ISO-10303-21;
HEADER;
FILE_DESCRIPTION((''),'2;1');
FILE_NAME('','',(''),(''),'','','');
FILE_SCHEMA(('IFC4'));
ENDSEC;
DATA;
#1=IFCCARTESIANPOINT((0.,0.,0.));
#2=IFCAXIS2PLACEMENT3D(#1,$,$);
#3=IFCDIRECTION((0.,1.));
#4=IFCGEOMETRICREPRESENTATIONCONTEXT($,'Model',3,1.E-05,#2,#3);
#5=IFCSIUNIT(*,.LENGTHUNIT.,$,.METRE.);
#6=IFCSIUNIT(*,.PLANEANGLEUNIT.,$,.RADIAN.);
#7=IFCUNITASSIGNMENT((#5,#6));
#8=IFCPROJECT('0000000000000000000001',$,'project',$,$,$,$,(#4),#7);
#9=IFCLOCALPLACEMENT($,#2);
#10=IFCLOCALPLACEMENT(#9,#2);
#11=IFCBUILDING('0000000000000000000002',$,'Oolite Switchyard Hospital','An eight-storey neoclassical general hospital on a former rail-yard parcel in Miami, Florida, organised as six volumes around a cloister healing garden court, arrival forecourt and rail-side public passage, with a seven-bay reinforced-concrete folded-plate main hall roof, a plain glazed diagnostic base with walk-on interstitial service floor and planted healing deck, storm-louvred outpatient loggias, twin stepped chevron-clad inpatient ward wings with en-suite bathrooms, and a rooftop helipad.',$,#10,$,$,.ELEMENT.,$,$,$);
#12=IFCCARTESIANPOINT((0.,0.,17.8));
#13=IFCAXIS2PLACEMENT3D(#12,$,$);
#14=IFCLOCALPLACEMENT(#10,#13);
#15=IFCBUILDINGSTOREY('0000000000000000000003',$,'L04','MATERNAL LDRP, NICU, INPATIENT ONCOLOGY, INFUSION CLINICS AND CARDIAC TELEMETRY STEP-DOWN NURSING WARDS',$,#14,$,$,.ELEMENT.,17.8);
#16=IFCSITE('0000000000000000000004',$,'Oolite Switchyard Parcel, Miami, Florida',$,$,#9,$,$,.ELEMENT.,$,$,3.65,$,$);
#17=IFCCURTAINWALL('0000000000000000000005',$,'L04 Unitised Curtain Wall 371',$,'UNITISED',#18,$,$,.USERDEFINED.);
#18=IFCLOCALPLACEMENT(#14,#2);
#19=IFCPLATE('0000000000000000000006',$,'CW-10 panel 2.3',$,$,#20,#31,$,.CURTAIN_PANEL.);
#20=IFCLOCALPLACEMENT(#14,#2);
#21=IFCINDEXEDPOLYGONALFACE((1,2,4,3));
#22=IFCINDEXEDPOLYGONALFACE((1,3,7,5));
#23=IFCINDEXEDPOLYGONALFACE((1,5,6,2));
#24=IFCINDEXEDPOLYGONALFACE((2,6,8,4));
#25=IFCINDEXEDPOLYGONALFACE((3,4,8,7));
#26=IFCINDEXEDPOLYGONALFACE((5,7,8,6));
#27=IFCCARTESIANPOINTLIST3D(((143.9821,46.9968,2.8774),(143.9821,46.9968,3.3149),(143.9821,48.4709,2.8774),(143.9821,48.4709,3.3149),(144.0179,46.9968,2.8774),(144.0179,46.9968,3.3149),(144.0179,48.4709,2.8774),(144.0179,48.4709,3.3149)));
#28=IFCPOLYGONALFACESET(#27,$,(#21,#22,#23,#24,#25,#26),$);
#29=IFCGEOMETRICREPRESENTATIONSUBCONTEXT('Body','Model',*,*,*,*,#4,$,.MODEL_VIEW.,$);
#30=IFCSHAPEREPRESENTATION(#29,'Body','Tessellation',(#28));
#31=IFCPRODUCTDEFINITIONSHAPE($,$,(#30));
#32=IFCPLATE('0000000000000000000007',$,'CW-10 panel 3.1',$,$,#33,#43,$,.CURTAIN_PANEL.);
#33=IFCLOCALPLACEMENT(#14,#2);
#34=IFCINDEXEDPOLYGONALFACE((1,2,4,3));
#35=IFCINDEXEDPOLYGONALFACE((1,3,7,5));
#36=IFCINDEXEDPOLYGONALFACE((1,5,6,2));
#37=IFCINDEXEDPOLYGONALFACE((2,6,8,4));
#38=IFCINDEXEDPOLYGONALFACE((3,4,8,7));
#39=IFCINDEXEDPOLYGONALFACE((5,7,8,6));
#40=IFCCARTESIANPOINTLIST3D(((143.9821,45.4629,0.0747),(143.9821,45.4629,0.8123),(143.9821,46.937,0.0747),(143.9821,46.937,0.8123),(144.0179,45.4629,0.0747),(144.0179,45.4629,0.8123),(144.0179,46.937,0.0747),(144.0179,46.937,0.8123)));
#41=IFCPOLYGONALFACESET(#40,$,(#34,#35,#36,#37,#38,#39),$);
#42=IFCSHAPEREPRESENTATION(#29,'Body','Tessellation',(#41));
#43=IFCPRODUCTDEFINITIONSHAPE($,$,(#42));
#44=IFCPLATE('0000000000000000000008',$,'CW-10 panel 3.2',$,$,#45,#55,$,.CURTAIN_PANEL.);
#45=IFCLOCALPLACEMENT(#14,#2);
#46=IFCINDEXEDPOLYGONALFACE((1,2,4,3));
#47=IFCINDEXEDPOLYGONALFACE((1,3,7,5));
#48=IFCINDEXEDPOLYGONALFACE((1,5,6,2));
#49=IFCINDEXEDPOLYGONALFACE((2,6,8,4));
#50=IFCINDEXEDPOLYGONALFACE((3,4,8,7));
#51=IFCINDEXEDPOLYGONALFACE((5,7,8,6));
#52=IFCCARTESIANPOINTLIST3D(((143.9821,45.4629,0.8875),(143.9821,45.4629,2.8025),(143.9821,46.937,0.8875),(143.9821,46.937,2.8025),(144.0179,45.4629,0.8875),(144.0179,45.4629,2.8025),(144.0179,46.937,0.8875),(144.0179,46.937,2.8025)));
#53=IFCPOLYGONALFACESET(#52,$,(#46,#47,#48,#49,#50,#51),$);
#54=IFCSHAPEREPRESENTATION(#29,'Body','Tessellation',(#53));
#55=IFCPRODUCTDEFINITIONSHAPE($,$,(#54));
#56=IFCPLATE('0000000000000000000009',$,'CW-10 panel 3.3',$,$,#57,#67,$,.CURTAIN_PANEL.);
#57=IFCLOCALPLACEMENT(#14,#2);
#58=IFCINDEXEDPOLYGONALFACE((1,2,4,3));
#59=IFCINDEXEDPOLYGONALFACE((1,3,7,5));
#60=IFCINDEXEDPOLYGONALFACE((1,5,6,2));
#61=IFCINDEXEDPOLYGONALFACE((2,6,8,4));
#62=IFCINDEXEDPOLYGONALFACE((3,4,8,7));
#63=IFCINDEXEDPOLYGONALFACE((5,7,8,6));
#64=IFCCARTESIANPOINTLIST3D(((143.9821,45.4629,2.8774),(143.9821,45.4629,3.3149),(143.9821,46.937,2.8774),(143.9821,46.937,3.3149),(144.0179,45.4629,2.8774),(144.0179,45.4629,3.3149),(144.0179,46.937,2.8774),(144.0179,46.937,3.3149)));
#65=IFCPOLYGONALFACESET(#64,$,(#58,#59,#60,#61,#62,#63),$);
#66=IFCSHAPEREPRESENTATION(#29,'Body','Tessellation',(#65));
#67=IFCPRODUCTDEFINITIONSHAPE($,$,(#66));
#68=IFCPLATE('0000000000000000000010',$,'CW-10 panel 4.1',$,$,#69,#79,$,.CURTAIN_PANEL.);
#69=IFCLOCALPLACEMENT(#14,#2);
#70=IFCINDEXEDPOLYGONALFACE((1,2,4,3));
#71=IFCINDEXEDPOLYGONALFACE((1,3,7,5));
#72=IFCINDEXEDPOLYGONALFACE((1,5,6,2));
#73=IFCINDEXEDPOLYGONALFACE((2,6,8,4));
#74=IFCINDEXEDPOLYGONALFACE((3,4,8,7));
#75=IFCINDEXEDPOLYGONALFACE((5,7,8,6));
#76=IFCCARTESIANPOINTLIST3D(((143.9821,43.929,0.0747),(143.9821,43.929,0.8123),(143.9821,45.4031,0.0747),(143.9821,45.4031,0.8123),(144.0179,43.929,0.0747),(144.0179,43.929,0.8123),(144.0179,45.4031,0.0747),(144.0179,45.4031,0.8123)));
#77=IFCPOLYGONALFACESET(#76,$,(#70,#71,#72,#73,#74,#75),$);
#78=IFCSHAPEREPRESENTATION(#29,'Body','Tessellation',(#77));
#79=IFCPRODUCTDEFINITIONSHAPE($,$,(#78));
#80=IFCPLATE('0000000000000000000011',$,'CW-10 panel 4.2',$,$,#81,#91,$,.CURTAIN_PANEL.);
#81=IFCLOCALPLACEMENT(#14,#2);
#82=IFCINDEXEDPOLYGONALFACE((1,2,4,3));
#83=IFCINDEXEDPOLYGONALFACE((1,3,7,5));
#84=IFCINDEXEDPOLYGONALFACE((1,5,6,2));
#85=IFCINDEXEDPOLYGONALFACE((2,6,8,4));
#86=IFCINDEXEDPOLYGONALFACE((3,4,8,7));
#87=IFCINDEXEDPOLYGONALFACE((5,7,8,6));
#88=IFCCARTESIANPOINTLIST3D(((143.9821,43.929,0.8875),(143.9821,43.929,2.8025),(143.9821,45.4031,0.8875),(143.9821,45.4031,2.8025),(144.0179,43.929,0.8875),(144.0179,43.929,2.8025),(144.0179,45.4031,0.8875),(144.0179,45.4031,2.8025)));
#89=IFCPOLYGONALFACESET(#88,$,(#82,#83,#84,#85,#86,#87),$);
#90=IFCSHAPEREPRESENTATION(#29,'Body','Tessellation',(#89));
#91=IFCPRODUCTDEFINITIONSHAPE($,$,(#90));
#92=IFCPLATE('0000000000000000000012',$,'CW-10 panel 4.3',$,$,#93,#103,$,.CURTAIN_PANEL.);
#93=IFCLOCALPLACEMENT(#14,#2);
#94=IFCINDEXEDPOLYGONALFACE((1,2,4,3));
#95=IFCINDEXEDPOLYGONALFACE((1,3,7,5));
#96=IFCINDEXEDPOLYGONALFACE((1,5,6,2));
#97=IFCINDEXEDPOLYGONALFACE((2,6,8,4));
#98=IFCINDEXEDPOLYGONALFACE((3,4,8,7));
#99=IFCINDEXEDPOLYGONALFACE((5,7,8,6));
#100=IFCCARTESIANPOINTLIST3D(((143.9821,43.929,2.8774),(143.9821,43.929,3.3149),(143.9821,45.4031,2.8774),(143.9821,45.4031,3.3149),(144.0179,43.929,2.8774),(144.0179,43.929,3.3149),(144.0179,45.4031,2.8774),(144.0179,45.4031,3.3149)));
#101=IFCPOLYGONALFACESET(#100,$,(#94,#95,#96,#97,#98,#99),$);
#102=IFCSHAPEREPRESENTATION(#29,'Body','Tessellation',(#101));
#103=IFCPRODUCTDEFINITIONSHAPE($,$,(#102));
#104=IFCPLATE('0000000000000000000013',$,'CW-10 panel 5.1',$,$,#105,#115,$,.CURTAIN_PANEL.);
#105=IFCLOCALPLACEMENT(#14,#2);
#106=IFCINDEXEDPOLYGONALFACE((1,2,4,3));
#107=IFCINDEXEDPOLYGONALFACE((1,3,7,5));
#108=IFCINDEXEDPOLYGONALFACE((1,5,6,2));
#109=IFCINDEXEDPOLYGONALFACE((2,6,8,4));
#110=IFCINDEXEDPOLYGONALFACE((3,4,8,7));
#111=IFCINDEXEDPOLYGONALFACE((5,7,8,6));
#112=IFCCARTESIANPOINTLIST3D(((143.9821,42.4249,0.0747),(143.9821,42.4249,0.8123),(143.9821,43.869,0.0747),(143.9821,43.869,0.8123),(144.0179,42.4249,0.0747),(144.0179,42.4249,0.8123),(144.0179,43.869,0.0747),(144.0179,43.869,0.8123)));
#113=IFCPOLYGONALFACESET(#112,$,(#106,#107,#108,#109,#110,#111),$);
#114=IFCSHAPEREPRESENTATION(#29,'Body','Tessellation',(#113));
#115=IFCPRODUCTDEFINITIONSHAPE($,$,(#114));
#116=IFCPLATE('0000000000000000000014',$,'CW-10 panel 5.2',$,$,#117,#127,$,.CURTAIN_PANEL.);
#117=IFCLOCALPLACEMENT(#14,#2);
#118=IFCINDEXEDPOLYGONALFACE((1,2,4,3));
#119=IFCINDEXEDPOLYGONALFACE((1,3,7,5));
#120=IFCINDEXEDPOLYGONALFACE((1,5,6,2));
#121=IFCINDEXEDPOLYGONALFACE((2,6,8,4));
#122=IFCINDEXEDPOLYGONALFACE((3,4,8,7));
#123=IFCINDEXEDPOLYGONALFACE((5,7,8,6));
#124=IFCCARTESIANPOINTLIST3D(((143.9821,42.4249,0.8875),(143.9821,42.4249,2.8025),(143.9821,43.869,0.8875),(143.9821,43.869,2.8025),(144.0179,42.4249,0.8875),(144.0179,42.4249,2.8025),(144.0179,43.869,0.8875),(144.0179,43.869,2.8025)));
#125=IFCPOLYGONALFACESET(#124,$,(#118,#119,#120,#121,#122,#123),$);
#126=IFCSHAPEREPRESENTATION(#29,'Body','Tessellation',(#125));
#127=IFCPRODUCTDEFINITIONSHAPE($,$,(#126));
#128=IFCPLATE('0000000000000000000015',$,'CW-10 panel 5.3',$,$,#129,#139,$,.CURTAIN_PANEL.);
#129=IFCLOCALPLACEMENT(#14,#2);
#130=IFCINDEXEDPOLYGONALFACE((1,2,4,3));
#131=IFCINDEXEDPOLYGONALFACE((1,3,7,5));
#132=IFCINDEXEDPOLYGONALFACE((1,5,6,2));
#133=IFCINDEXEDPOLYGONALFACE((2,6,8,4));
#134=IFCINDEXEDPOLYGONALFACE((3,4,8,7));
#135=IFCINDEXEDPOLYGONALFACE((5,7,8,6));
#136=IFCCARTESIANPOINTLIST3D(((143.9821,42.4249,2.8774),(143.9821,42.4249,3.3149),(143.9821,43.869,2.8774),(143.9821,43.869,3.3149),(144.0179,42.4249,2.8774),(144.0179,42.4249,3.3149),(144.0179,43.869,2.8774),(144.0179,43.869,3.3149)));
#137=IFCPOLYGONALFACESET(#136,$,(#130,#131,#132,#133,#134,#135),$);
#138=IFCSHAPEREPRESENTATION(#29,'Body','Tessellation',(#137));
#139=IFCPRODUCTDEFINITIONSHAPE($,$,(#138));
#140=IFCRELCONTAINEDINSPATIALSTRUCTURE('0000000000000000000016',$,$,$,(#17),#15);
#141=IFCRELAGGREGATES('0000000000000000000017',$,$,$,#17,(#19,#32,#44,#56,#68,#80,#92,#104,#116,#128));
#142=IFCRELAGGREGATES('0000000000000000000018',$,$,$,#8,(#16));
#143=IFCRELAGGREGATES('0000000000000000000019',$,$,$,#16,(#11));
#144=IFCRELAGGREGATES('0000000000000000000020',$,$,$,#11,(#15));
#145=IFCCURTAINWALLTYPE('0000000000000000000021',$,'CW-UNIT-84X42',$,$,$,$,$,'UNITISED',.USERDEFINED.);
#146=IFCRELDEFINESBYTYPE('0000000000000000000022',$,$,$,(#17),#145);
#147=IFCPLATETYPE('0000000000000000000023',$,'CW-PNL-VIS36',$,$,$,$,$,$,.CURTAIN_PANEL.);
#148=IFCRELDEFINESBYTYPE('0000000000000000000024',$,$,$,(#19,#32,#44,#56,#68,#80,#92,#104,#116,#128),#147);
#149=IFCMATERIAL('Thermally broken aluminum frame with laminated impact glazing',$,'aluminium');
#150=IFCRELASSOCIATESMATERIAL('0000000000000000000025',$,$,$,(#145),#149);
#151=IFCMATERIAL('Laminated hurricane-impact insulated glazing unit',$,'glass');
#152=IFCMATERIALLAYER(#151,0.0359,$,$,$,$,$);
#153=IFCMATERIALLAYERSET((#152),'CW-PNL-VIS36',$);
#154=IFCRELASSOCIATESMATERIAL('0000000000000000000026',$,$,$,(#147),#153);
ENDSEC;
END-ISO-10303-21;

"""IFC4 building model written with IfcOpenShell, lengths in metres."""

from ifc_helpers import new_model, si_unit, direction, frame, origin, origin_2d, place, context, subcontext, project, spatial, rectangle, extrude, material, layer, layer_set, type_object, element, aggregate, save


model = new_model("IFC4")

# Units and contexts
model_context = context("Model", 3, precision=1e-05, world=origin(), true_north=direction((0.0, 1.0)))
body_context = subcontext(model_context, "Body", "Model", "MODEL_VIEW")
ifc_project = project(units=[si_unit("LENGTHUNIT", "METRE"), si_unit("PLANEANGLEUNIT", "RADIAN")], contexts=[model_context])

# Site, building, storey
site_placement = place(None, origin())
site = spatial("IfcSite", under=ifc_project, at=site_placement, Name="Oolite Switchyard Parcel, Miami, Florida", CompositionType="ELEMENT", RefElevation=3.65)
building_placement = place(site_placement, origin())
building = spatial("IfcBuilding", under=site, at=building_placement, Name="Oolite Switchyard Hospital", Description="An eight-storey neoclassical general hospital on a former rail-yard parcel in Miami, Florida, organised as six volumes around a cloister healing garden court, arrival forecourt and rail-side public passage, with a seven-bay reinforced-concrete folded-plate main hall roof, a plain glazed diagnostic base with walk-on interstitial service floor and planted healing deck, storm-louvred outpatient loggias, twin stepped chevron-clad inpatient ward wings with en-suite bathrooms, and a rooftop helipad.", CompositionType="ELEMENT")
storey_placement = place(building_placement, frame((0.0, 0.0, 17.8)))
storey = spatial("IfcBuildingStorey", under=building, at=storey_placement, Name="L04", Description="MATERNAL LDRP, NICU, INPATIENT ONCOLOGY, INFUSION CLINICS AND CARDIAC TELEMETRY STEP-DOWN NURSING WARDS", CompositionType="ELEMENT", Elevation=17.8)

# Curtain wall, plates
ifc_material_1 = material(Name="Thermally broken aluminum frame with laminated impact glazing", Category="aluminium")
curtain_wall_type = type_object("IfcCurtainWallType", Name="CW-UNIT-84X42", ElementType="UNITISED", PredefinedType="USERDEFINED", material=ifc_material_1)
curtain_wall_placement = place(storey_placement, origin())
curtain_wall = element("IfcCurtainWall", 1, at=curtain_wall_placement, inside=storey, type_object=curtain_wall_type, Name="L04 Unitised Curtain Wall 371", ObjectType="UNITISED", PredefinedType="USERDEFINED")
ifc_material_2 = material(Name="Laminated hurricane-impact insulated glazing unit", Category="glass")
ifc_layer = layer(ifc_material_2, 0.0359)
ifc_layer_set = layer_set([ifc_layer], Name="CW-PNL-VIS36")
plate_type = type_object("IfcPlateType", Name="CW-PNL-VIS36", PredefinedType="CURTAIN_PANEL", material=ifc_layer_set)
plate_1_placement = place(storey_placement, frame((144.0, 47.7339, 2.8774), z_axis=(0.0, 0.0, 1.0), x_axis=(0.0, -1.0, 0.0)))
plate_1 = element("IfcPlate", 2, at=plate_1_placement, type_object=plate_type, Name="CW-10 panel 2.3", PredefinedType="CURTAIN_PANEL", context=body_context, shape_type="SweptSolid", body=[
    extrude(rectangle(XDim=1.4741, YDim=0.0359, at=origin_2d()), origin(), (0.0, 0.0, 1.0), 0.4375),
])
plate_2_placement = place(storey_placement, frame((144.0, 46.2, 0.0747), z_axis=(0.0, 0.0, 1.0), x_axis=(0.0, -1.0, 0.0)))
plate_2 = element("IfcPlate", 3, at=plate_2_placement, type_object=plate_type, Name="CW-10 panel 3.1", PredefinedType="CURTAIN_PANEL", context=body_context, shape_type="SweptSolid", body=[
    extrude(rectangle(XDim=1.4741, YDim=0.0359, at=origin_2d()), origin(), (0.0, 0.0, 1.0), 0.7375),
])
plate_3_placement = place(storey_placement, frame((144.0, 46.2, 0.8875), z_axis=(0.0, 0.0, 1.0), x_axis=(0.0, -1.0, 0.0)))
plate_3 = element("IfcPlate", 4, at=plate_3_placement, type_object=plate_type, Name="CW-10 panel 3.2", PredefinedType="CURTAIN_PANEL", context=body_context, shape_type="SweptSolid", body=[
    extrude(rectangle(XDim=1.4741, YDim=0.0359, at=origin_2d()), origin(), (0.0, 0.0, 1.0), 1.915),
])
plate_4_placement = place(storey_placement, frame((144.0, 46.2, 2.8774), z_axis=(0.0, 0.0, 1.0), x_axis=(0.0, -1.0, 0.0)))
plate_4 = element("IfcPlate", 5, at=plate_4_placement, type_object=plate_type, Name="CW-10 panel 3.3", PredefinedType="CURTAIN_PANEL", context=body_context, shape_type="SweptSolid", body=[
    extrude(rectangle(XDim=1.4741, YDim=0.0359, at=origin_2d()), origin(), (0.0, 0.0, 1.0), 0.4375),
])
plate_5_placement = place(storey_placement, frame((144.0, 44.666, 0.0747), z_axis=(0.0, 0.0, 1.0), x_axis=(0.0, -1.0, 0.0)))
plate_5 = element("IfcPlate", 6, at=plate_5_placement, type_object=plate_type, Name="CW-10 panel 4.1", PredefinedType="CURTAIN_PANEL", context=body_context, shape_type="SweptSolid", body=[
    extrude(rectangle(XDim=1.4741, YDim=0.0359, at=origin_2d()), origin(), (0.0, 0.0, 1.0), 0.7375),
])
plate_6_placement = place(storey_placement, frame((144.0, 44.666, 0.8875), z_axis=(0.0, 0.0, 1.0), x_axis=(0.0, -1.0, 0.0)))
plate_6 = element("IfcPlate", 7, at=plate_6_placement, type_object=plate_type, Name="CW-10 panel 4.2", PredefinedType="CURTAIN_PANEL", context=body_context, shape_type="SweptSolid", body=[
    extrude(rectangle(XDim=1.4741, YDim=0.0359, at=origin_2d()), origin(), (0.0, 0.0, 1.0), 1.915),
])
plate_7_placement = place(storey_placement, frame((144.0, 44.666, 2.8774), z_axis=(0.0, 0.0, 1.0), x_axis=(0.0, -1.0, 0.0)))
plate_7 = element("IfcPlate", 8, at=plate_7_placement, type_object=plate_type, Name="CW-10 panel 4.3", PredefinedType="CURTAIN_PANEL", context=body_context, shape_type="SweptSolid", body=[
    extrude(rectangle(XDim=1.4741, YDim=0.0359, at=origin_2d()), origin(), (0.0, 0.0, 1.0), 0.4375),
])
plate_8_placement = place(storey_placement, frame((144.0, 43.147, 0.0747), z_axis=(0.0, 0.0, 1.0), x_axis=(0.0, -1.0, 0.0)))
plate_8 = element("IfcPlate", 9, at=plate_8_placement, type_object=plate_type, Name="CW-10 panel 5.1", PredefinedType="CURTAIN_PANEL", context=body_context, shape_type="SweptSolid", body=[
    extrude(rectangle(XDim=1.4441, YDim=0.0359, at=origin_2d()), origin(), (0.0, 0.0, 1.0), 0.7375),
])
plate_9_placement = place(storey_placement, frame((144.0, 43.147, 0.8875), z_axis=(0.0, 0.0, 1.0), x_axis=(0.0, -1.0, 0.0)))
plate_9 = element("IfcPlate", 10, at=plate_9_placement, type_object=plate_type, Name="CW-10 panel 5.2", PredefinedType="CURTAIN_PANEL", context=body_context, shape_type="SweptSolid", body=[
    extrude(rectangle(XDim=1.4441, YDim=0.0359, at=origin_2d()), origin(), (0.0, 0.0, 1.0), 1.915),
])
plate_10_placement = place(storey_placement, frame((144.0, 43.147, 2.8774), z_axis=(0.0, 0.0, 1.0), x_axis=(0.0, -1.0, 0.0)))
plate_10 = element("IfcPlate", 11, at=plate_10_placement, type_object=plate_type, Name="CW-10 panel 5.3", PredefinedType="CURTAIN_PANEL", context=body_context, shape_type="SweptSolid", body=[
    extrude(rectangle(XDim=1.4441, YDim=0.0359, at=origin_2d()), origin(), (0.0, 0.0, 1.0), 0.4375),
])
aggregate(curtain_wall, [plate_1, plate_2, plate_3, plate_4, plate_5, plate_6, plate_7, plate_8, plate_9, plate_10])

save(model, "model.ifc")
